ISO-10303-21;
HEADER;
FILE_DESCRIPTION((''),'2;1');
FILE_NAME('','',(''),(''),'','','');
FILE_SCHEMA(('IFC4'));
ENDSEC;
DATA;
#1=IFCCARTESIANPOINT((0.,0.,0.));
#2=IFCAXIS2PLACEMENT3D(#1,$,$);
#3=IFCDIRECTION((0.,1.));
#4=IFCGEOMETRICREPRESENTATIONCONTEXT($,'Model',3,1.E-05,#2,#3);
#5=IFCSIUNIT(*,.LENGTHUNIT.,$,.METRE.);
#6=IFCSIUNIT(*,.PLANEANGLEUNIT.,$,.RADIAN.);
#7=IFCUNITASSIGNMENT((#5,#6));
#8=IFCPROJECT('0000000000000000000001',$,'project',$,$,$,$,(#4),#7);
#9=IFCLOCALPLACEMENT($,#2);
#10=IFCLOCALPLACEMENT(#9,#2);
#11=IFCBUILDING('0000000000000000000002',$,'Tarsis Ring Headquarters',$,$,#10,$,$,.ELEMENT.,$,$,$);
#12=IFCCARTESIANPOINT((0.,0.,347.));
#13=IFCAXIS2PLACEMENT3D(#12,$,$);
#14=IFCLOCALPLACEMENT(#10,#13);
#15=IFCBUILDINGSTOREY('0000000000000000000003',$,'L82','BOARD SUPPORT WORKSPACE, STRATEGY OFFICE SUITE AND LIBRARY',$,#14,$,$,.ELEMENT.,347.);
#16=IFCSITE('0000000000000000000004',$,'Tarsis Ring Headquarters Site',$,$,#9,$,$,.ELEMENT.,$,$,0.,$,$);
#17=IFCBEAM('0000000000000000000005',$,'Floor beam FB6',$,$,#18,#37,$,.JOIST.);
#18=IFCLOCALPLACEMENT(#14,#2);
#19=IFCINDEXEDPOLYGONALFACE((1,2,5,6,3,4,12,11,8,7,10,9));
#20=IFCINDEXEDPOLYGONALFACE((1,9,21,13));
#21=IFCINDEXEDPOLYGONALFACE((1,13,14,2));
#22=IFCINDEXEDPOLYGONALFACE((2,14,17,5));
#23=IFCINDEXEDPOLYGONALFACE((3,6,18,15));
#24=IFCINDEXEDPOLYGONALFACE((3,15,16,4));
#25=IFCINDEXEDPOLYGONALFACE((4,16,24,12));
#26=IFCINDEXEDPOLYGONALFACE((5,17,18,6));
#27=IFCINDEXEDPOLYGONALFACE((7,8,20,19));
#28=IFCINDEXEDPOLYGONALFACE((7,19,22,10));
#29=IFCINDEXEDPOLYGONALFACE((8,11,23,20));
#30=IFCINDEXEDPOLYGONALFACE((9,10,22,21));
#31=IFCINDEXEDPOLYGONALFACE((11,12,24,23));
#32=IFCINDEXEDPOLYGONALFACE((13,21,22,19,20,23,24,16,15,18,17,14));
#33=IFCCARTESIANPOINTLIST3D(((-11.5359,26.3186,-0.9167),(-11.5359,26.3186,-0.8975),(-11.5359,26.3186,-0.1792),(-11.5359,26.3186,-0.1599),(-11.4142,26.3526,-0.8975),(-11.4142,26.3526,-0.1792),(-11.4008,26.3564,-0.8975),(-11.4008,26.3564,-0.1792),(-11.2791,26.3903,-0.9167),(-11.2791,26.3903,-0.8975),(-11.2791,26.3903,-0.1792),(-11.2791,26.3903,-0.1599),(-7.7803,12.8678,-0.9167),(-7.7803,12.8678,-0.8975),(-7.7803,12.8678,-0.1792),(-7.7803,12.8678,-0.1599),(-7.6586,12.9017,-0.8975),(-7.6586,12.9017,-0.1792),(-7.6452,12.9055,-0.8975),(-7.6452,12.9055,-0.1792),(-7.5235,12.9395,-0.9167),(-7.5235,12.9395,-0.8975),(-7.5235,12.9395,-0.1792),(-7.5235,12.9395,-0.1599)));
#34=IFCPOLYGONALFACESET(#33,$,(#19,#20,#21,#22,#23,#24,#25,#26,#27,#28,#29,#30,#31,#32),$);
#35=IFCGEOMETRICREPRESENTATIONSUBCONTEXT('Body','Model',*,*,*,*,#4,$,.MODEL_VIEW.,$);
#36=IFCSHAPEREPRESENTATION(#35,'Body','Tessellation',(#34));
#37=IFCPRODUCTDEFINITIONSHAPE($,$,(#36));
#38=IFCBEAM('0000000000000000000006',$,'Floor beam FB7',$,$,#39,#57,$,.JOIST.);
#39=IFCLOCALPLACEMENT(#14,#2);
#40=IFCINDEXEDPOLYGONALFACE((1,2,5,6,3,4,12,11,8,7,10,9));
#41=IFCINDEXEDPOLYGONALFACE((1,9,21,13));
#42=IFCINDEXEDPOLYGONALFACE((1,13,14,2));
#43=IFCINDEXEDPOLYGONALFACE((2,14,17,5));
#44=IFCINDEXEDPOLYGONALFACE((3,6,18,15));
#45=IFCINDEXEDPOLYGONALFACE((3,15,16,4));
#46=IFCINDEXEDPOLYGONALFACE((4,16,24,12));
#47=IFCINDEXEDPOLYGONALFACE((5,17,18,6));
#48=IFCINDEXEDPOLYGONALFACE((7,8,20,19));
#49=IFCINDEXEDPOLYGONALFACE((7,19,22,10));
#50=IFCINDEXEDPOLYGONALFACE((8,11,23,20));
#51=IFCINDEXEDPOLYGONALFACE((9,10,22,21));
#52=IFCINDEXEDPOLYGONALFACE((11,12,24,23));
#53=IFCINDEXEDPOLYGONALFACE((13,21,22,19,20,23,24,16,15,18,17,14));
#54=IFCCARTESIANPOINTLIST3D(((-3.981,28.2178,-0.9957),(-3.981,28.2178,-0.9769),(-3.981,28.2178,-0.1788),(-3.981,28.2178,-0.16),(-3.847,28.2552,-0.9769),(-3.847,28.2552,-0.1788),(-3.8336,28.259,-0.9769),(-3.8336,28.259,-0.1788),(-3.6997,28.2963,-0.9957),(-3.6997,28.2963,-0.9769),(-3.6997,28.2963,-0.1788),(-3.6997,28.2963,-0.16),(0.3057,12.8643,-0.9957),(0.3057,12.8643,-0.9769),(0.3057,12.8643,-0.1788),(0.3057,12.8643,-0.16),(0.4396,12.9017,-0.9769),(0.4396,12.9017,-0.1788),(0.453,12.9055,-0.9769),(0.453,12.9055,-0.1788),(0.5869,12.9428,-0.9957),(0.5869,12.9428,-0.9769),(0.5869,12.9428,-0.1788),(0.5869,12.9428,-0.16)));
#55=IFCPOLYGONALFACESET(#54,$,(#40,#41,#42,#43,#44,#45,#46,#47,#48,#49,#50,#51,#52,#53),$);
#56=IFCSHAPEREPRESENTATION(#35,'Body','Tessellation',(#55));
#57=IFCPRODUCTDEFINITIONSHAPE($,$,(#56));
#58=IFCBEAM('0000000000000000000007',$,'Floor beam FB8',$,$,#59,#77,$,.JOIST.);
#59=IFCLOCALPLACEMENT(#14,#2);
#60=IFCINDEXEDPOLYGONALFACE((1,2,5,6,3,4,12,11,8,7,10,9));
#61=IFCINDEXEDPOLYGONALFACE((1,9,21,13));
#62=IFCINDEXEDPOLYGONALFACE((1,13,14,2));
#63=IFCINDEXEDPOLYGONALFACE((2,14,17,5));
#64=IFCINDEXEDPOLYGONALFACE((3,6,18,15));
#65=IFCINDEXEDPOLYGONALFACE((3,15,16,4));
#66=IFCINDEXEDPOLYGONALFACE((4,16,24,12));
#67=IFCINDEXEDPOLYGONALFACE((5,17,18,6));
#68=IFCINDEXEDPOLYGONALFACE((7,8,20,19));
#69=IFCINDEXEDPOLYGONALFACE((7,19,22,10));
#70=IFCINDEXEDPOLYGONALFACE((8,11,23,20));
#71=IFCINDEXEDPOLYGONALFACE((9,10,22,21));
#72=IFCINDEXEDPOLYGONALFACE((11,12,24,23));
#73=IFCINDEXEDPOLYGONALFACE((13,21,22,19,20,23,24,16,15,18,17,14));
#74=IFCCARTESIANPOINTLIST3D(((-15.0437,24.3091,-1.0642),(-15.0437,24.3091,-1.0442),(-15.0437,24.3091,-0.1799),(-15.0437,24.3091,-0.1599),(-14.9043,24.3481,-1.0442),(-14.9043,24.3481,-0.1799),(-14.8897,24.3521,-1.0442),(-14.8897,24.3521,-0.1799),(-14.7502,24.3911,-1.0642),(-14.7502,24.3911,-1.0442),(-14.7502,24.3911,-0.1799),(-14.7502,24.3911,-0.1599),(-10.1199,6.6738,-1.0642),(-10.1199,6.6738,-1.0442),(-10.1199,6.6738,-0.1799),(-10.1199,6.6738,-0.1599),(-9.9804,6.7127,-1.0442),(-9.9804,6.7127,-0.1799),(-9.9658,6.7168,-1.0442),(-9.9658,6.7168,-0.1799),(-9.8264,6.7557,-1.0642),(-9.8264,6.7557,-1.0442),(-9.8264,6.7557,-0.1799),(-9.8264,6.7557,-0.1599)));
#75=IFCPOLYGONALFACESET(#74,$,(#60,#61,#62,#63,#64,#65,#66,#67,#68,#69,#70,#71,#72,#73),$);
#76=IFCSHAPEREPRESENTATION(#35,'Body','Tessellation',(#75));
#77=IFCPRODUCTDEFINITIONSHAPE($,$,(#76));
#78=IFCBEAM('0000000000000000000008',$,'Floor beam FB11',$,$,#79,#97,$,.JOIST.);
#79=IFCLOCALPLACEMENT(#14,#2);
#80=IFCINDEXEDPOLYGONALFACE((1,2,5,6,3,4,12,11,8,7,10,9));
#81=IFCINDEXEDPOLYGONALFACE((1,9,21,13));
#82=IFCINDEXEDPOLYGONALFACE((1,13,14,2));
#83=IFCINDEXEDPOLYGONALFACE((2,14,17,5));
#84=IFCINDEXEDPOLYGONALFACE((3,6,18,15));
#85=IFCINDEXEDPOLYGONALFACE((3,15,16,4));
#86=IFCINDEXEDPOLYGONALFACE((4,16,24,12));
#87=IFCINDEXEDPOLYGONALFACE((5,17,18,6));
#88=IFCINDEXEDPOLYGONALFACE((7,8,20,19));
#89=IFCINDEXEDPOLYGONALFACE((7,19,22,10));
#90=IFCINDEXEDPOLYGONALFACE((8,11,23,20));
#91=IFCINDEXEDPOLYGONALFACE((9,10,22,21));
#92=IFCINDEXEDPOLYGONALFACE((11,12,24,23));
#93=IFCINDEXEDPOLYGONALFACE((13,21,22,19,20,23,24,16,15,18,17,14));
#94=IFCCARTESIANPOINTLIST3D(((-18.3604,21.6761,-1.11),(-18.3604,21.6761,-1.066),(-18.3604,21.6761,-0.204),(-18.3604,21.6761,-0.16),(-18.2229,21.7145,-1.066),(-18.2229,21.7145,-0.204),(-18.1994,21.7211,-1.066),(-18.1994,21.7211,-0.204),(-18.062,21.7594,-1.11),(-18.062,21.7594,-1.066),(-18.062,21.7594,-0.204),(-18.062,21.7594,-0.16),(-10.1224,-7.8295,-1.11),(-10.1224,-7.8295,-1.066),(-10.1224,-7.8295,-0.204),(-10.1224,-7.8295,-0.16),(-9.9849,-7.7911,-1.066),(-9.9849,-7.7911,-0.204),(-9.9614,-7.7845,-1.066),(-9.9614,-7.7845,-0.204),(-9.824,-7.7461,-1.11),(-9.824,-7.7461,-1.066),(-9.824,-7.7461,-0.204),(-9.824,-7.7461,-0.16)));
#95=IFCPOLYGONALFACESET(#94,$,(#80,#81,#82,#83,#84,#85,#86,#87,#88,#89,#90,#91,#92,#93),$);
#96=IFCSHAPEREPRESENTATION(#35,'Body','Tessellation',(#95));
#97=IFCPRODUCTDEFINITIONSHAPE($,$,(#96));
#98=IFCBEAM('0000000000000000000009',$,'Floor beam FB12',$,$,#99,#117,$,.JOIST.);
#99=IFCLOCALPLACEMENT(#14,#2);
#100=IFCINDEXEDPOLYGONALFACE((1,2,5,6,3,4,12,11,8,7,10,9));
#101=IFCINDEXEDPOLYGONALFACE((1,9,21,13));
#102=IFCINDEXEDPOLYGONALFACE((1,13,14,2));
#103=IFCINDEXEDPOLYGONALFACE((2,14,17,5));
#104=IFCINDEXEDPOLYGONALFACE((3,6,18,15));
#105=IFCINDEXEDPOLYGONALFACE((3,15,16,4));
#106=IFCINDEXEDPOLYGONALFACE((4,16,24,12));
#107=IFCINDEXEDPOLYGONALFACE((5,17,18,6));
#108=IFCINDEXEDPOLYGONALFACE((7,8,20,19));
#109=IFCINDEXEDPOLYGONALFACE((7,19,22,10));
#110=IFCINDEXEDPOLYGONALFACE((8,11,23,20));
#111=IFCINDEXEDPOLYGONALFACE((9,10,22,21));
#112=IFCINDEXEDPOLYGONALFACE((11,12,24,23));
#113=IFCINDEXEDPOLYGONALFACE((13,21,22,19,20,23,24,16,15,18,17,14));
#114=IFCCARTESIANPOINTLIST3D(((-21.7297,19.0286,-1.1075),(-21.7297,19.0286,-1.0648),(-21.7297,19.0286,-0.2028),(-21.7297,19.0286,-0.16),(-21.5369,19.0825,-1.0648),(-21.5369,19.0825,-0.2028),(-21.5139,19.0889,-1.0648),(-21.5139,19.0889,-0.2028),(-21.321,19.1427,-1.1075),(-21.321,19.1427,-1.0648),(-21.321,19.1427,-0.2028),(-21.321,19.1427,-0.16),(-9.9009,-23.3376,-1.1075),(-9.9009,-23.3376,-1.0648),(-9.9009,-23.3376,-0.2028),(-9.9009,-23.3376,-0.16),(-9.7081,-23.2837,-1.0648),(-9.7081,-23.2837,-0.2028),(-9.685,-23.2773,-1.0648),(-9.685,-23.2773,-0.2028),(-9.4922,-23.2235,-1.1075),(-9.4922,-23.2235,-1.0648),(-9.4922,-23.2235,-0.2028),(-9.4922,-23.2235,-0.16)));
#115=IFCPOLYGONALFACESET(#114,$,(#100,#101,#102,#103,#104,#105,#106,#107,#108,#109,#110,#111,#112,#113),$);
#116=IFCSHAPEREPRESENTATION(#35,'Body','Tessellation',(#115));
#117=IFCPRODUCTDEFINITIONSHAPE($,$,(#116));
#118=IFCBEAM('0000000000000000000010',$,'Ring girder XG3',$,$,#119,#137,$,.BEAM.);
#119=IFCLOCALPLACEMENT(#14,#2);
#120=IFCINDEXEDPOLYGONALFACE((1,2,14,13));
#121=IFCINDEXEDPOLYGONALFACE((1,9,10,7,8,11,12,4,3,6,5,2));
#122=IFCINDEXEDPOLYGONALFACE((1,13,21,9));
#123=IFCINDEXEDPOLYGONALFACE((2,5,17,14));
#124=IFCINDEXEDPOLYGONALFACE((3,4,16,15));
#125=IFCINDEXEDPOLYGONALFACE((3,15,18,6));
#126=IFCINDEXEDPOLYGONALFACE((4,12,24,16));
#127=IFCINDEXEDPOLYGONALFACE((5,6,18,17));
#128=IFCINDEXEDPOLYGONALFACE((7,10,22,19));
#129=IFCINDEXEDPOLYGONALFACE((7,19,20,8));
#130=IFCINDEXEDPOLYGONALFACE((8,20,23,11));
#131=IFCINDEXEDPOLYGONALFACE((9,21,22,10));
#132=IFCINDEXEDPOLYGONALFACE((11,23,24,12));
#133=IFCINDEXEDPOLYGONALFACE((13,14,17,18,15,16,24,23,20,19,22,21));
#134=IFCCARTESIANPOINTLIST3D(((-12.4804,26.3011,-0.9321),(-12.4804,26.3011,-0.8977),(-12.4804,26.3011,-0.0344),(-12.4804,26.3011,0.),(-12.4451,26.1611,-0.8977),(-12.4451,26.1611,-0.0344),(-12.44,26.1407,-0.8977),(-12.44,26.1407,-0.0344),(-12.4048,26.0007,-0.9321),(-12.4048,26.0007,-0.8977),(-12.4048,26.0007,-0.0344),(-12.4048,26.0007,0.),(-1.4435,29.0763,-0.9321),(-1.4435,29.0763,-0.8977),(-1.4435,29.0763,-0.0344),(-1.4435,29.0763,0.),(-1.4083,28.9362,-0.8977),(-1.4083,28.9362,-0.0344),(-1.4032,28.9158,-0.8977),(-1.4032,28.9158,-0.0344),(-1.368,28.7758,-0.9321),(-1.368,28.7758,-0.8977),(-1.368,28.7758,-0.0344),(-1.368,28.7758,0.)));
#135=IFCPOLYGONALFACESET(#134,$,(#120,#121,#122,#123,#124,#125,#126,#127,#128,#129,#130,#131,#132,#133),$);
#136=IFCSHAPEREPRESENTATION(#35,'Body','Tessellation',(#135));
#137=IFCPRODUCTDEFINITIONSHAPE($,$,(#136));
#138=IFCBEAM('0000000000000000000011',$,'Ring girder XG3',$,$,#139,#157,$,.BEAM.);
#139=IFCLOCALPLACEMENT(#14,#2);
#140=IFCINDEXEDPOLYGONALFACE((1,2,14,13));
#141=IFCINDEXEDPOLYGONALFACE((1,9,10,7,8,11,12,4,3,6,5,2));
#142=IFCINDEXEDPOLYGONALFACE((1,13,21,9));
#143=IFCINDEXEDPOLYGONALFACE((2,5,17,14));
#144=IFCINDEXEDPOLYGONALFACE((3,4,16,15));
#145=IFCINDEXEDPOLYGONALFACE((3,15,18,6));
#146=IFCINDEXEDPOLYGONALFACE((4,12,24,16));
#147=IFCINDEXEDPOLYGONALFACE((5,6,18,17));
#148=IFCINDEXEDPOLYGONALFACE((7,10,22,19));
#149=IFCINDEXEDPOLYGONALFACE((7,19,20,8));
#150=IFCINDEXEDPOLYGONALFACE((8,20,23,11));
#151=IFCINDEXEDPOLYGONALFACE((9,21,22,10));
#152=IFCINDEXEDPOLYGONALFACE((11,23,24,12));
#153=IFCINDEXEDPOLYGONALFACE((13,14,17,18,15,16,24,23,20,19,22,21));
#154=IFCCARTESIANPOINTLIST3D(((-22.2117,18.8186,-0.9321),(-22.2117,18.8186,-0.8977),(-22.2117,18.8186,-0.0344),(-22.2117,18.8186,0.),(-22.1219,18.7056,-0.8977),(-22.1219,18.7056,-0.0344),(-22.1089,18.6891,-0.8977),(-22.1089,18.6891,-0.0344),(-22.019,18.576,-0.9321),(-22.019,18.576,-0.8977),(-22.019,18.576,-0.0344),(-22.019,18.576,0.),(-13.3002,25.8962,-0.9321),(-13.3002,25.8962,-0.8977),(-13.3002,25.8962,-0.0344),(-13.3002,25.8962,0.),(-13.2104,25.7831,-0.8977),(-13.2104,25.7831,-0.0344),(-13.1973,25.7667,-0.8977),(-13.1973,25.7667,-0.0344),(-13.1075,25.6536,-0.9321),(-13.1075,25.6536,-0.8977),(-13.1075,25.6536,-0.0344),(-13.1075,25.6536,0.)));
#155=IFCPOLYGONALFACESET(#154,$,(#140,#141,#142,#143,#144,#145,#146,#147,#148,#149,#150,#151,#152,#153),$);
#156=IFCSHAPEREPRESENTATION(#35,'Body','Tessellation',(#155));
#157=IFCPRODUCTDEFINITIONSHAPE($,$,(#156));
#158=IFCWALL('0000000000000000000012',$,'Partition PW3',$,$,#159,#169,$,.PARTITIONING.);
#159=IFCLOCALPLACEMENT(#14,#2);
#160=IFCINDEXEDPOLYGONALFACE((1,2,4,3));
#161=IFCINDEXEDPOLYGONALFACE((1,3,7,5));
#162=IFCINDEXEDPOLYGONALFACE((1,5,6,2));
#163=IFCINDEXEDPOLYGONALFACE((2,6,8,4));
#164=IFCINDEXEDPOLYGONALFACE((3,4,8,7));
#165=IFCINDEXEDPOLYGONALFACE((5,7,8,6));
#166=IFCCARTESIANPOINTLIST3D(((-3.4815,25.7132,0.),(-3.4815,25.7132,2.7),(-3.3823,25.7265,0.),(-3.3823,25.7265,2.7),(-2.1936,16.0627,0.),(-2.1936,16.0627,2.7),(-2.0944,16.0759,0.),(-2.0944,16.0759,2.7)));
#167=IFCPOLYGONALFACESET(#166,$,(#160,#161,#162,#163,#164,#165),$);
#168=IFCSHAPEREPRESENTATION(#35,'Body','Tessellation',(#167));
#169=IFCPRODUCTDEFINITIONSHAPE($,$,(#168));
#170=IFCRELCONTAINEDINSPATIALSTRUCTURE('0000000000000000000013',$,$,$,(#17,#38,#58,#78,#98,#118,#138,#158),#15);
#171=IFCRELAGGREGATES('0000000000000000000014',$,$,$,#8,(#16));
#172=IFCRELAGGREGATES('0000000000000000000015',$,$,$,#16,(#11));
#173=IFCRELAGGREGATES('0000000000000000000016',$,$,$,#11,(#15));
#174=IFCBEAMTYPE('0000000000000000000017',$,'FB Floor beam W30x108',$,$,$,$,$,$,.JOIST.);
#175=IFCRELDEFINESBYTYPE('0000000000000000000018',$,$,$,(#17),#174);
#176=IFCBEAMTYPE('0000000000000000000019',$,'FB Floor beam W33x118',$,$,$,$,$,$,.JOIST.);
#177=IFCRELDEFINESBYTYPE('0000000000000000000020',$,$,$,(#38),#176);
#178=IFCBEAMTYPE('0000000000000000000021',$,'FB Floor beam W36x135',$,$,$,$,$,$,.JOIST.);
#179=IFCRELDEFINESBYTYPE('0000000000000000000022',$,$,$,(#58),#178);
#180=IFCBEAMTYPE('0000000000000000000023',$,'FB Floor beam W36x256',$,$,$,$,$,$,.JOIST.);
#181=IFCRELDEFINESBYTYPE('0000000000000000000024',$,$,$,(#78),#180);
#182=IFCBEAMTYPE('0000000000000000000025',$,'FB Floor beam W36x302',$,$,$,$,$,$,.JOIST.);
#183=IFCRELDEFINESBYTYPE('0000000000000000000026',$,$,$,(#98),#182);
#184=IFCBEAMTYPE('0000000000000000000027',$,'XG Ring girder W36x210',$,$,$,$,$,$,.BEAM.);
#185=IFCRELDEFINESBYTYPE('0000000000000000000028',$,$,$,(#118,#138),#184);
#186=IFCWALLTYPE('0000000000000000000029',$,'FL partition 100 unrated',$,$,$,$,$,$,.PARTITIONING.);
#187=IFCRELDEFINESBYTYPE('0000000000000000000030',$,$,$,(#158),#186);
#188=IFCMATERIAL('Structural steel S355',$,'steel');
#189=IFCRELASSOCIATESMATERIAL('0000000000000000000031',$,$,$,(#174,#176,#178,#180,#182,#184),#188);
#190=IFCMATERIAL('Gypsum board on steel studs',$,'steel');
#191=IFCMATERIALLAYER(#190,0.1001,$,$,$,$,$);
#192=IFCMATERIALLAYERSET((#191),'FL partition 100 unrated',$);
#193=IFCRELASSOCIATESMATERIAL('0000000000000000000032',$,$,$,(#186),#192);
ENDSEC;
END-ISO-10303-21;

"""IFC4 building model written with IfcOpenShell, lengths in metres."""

from ifc_helpers import new_model, si_unit, direction, frame, frame_2d, origin, origin_2d, place, context, subcontext, project, spatial, rectangle, i_section, extrude, material, layer, layer_set, material_profile, profile_set, type_object, element, save


model = new_model("IFC4")

# Units and contexts
model_context = context("Model", 3, precision=1e-05, world=origin(), true_north=direction((0.0, 1.0)))
body_context = subcontext(model_context, "Body", "Model", "MODEL_VIEW")
ifc_project = project(units=[si_unit("LENGTHUNIT", "METRE"), si_unit("PLANEANGLEUNIT", "RADIAN")], contexts=[model_context])

# Site, building, storey
site_placement = place(None, origin())
site = spatial("IfcSite", under=ifc_project, at=site_placement, Name="Tarsis Ring Headquarters Site", CompositionType="ELEMENT", RefElevation=0.0)
building_placement = place(site_placement, origin())
building = spatial("IfcBuilding", under=site, at=building_placement, Name="Tarsis Ring Headquarters", CompositionType="ELEMENT")
storey_placement = place(building_placement, frame((0.0, 0.0, 347.0)))
storey = spatial("IfcBuildingStorey", under=building, at=storey_placement, Name="L82", Description="BOARD SUPPORT WORKSPACE, STRATEGY OFFICE SUITE AND LIBRARY", CompositionType="ELEMENT", Elevation=347.0)

# Shared definitions
ifc_material_1 = material(Name="Structural steel S355", Category="steel")

# Beams
ifc_material_profile_1 = material_profile(ifc_material_1, i_section(OverallWidth=0.2666, OverallDepth=0.7568, WebThickness=0.0139, FlangeThickness=0.0193, at=origin_2d()), Name="W30x108")
ifc_profile_set_1 = profile_set([ifc_material_profile_1], Name="Structural steel S355")
beam_type_1 = type_object("IfcBeamType", Name="FB Floor beam W30x108", PredefinedType="JOIST", material=ifc_profile_set_1)
beam_1_placement = place(storey_placement, frame((-11.4075, 26.3545, -0.5383), z_axis=(0.268923, -0.963162, 0.0), x_axis=(0.963162, 0.268923, 0.0)))
element("IfcBeam", 1, at=beam_1_placement, inside=storey, type_object=beam_type_1, Name="Floor beam FB6", PredefinedType="JOIST", context=body_context, shape_type="SweptSolid", body=[
    extrude(i_section(OverallWidth=0.2666, OverallDepth=0.7568, WebThickness=0.0139, FlangeThickness=0.0193, at=origin_2d()), origin(), (0.0, 0.0, 1.0), 13.9653),
])
ifc_material_profile_2 = material_profile(ifc_material_1, i_section(OverallWidth=0.292, OverallDepth=0.8357, WebThickness=0.0139, FlangeThickness=0.0188, at=origin_2d()), Name="W33x118")
ifc_profile_set_2 = profile_set([ifc_material_profile_2], Name="Structural steel S355")
beam_type_2 = type_object("IfcBeamType", Name="FB Floor beam W33x118", PredefinedType="JOIST", material=ifc_profile_set_2)
beam_2_placement = place(storey_placement, frame((-3.8403, 28.2571, -0.5779), z_axis=(0.268911, -0.963165, 0.0), x_axis=(0.963165, 0.268911, 0.0)))
element("IfcBeam", 2, at=beam_2_placement, inside=storey, type_object=beam_type_2, Name="Floor beam FB7", PredefinedType="JOIST", context=body_context, shape_type="SweptSolid", body=[
    extrude(i_section(OverallWidth=0.292, OverallDepth=0.8357, WebThickness=0.0139, FlangeThickness=0.0188, at=origin_2d()), origin(), (0.0, 0.0, 1.0), 15.9407),
])
ifc_material_profile_3 = material_profile(ifc_material_1, i_section(OverallWidth=0.3047, OverallDepth=0.9043, WebThickness=0.0151, FlangeThickness=0.02, at=origin_2d()), Name="W36x135")
ifc_profile_set_3 = profile_set([ifc_material_profile_3], Name="Structural steel S355")
beam_type_3 = type_object("IfcBeamType", Name="FB Floor beam W36x135", PredefinedType="JOIST", material=ifc_profile_set_3)
beam_3_placement = place(storey_placement, frame((-14.897, 24.3501, -0.6121), z_axis=(0.268919, -0.963163, 0.0), x_axis=(0.963163, 0.268919, 0.0)))
element("IfcBeam", 3, at=beam_3_placement, inside=storey, type_object=beam_type_3, Name="Floor beam FB8", PredefinedType="JOIST", context=body_context, shape_type="SweptSolid", body=[
    extrude(i_section(OverallWidth=0.3047, OverallDepth=0.9043, WebThickness=0.0151, FlangeThickness=0.02, at=origin_2d()), origin(), (0.0, 0.0, 1.0), 18.3098),
])
ifc_material_profile_4 = material_profile(ifc_material_1, i_section(OverallWidth=0.3098, OverallDepth=0.95, WebThickness=0.0244, FlangeThickness=0.0439, at=origin_2d()), Name="W36x256")
ifc_profile_set_4 = profile_set([ifc_material_profile_4], Name="Structural steel S355")
beam_type_4 = type_object("IfcBeamType", Name="FB Floor beam W36x256", PredefinedType="JOIST", material=ifc_profile_set_4)
beam_4_placement = place(storey_placement, frame((-18.2112, 21.7178, -0.635), z_axis=(0.268917, -0.963163, 0.0), x_axis=(0.963163, 0.268917, 0.0)))
element("IfcBeam", 4, at=beam_4_placement, inside=storey, type_object=beam_type_4, Name="Floor beam FB11", PredefinedType="JOIST", context=body_context, shape_type="SweptSolid", body=[
    extrude(i_section(OverallWidth=0.3098, OverallDepth=0.95, WebThickness=0.0244, FlangeThickness=0.0439, at=origin_2d()), origin(), (0.0, 0.0, 1.0), 30.634),
])
ifc_material_profile_5 = material_profile(ifc_material_1, i_section(OverallWidth=0.4243, OverallDepth=0.9475, WebThickness=0.0239, FlangeThickness=0.0427, at=origin_2d()), Name="W36x302")
ifc_profile_set_5 = profile_set([ifc_material_profile_5], Name="Structural steel S355")
beam_type_5 = type_object("IfcBeamType", Name="FB Floor beam W36x302", PredefinedType="JOIST", material=ifc_profile_set_5)
beam_5_placement = place(storey_placement, frame((-21.5254, 19.0857, -0.6338), z_axis=(0.26892, -0.963163, 0.0), x_axis=(0.963163, 0.26892, 0.0)))
element("IfcBeam", 5, at=beam_5_placement, inside=storey, type_object=beam_type_5, Name="Floor beam FB12", PredefinedType="JOIST", context=body_context, shape_type="SweptSolid", body=[
    extrude(i_section(OverallWidth=0.4243, OverallDepth=0.9475, WebThickness=0.0239, FlangeThickness=0.0427, at=origin_2d()), origin(), (0.0, 0.0, 1.0), 43.9866),
])
ifc_material_profile_6 = material_profile(ifc_material_1, i_section(OverallWidth=0.3098, OverallDepth=0.9321, WebThickness=0.021, FlangeThickness=0.0344, at=origin_2d()), Name="W36x210")
ifc_profile_set_6 = profile_set([ifc_material_profile_6], Name="Structural steel S355")
beam_type_6 = type_object("IfcBeamType", Name="XG Ring girder W36x210", PredefinedType="BEAM", material=ifc_profile_set_6)
beam_6_placement = place(storey_placement, frame((-1.4058, 28.926, -0.4661), z_axis=(-0.969812, -0.243853, 0.0), x_axis=(0.243853, -0.969812, 0.0)))
element("IfcBeam", 6, at=beam_6_placement, inside=storey, type_object=beam_type_6, Name="Ring girder XG3", PredefinedType="BEAM", context=body_context, shape_type="SweptSolid", body=[
    extrude(i_section(OverallWidth=0.3098, OverallDepth=0.9321, WebThickness=0.021, FlangeThickness=0.0344, at=origin_2d()), origin(), (0.0, 0.0, 1.0), 11.3804),
])
beam_7_placement = place(storey_placement, frame((-13.2039, 25.7749, -0.4661), z_axis=(-0.783078, -0.621923, 0.0), x_axis=(0.621923, -0.783078, 0.0)))
element("IfcBeam", 7, at=beam_7_placement, inside=storey, type_object=beam_type_6, Name="Ring girder XG3", PredefinedType="BEAM", context=body_context, shape_type="SweptSolid", body=[
    extrude(i_section(OverallWidth=0.3098, OverallDepth=0.9321, WebThickness=0.021, FlangeThickness=0.0344, at=origin_2d()), origin(), (0.0, 0.0, 1.0), 11.3801),
])

# Wall
ifc_material_2 = material(Name="Gypsum board on steel studs", Category="steel")
ifc_layer_1 = layer(ifc_material_2, 0.1001)
ifc_layer_set_1 = layer_set([ifc_layer_1], Name="FL partition 100 unrated")
wall_type_1 = type_object("IfcWallType", Name="FL partition 100 unrated", PredefinedType="PARTITIONING", material=ifc_layer_set_1)
wall_1_placement = place(storey_placement, frame((-3.4319, 25.72, 0.0), z_axis=(0.0, 0.0, 1.0), x_axis=(0.132274, -0.991213, 0.0)))
element("IfcWall", 8, at=wall_1_placement, inside=storey, type_object=wall_type_1, Name="Partition PW3", PredefinedType="PARTITIONING", context=body_context, shape_type="SweptSolid", body=[
    extrude(rectangle(XDim=9.7361, YDim=0.1001, at=frame_2d((4.8682, 0.0))), origin(), (0.0, 0.0, 1.0), 2.7),
])

save(model, "model.ifc")
